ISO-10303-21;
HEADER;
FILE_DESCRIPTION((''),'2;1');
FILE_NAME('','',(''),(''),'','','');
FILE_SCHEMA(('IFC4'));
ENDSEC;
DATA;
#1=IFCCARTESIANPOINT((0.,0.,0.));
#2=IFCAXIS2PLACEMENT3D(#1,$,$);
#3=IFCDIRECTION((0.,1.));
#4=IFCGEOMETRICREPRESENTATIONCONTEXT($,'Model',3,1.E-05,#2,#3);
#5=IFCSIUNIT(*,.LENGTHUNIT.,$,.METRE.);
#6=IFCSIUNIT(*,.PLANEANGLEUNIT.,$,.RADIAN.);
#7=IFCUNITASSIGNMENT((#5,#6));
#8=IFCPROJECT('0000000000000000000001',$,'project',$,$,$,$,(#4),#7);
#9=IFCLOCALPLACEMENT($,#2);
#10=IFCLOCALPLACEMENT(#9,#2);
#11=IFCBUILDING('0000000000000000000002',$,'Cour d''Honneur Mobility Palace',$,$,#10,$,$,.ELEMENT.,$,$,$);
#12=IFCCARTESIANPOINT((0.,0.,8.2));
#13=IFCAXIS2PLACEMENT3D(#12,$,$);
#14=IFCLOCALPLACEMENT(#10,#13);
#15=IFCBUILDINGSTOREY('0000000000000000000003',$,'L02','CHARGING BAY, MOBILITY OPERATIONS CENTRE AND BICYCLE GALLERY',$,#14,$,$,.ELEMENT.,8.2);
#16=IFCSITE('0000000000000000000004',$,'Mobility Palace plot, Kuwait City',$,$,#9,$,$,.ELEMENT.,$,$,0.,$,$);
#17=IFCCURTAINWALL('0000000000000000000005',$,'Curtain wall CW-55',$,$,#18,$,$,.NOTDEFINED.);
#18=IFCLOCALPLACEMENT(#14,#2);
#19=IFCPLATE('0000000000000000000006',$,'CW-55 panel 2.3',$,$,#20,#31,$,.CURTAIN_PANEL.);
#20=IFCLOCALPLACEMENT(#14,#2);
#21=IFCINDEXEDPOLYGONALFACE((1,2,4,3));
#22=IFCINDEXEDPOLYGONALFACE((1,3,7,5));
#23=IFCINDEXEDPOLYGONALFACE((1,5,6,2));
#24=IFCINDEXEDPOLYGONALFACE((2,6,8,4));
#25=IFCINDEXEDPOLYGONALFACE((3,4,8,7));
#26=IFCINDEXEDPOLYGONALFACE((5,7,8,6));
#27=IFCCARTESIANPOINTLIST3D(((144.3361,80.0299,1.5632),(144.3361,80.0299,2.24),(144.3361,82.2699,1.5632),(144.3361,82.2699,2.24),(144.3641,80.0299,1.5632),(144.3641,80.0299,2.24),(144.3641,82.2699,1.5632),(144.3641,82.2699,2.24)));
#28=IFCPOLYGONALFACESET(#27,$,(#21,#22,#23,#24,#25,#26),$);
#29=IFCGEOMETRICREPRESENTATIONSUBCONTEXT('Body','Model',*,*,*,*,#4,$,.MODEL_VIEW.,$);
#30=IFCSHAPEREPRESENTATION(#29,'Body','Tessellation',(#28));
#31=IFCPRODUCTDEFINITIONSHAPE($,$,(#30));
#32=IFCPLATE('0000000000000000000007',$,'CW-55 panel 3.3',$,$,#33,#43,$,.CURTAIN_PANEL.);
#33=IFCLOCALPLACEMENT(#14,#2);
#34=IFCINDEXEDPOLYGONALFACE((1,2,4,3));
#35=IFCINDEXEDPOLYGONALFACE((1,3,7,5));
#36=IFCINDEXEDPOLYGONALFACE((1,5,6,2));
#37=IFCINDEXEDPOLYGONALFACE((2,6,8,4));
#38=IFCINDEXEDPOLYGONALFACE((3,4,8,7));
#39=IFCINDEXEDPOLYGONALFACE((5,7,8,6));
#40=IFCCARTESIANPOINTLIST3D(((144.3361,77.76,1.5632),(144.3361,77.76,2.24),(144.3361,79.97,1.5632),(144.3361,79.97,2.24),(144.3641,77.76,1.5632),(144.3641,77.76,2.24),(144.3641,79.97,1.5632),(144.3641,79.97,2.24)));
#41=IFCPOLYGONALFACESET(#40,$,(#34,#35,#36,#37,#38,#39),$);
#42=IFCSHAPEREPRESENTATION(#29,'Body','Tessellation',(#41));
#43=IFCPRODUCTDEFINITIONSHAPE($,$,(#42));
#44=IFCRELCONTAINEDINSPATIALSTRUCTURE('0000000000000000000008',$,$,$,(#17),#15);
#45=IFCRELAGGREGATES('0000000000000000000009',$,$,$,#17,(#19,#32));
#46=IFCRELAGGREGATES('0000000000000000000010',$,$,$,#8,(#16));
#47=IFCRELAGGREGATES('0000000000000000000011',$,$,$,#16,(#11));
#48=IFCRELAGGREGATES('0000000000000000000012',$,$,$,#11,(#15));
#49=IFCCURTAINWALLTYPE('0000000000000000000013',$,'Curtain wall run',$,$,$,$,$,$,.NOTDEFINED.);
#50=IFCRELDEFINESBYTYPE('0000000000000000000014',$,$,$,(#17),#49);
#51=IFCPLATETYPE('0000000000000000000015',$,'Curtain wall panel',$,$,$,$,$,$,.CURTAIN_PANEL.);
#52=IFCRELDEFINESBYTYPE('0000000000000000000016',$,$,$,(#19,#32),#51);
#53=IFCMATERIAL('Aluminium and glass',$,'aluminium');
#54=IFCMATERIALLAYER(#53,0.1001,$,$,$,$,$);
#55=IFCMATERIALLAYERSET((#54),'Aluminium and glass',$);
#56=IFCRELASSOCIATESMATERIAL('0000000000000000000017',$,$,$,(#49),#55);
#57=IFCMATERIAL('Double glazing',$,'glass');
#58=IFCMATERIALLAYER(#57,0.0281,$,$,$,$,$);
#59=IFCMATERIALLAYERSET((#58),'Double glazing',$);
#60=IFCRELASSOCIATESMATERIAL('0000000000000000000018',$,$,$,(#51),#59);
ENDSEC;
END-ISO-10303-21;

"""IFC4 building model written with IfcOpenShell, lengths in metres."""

from ifc_helpers import new_model, si_unit, direction, frame, origin, origin_2d, place, context, subcontext, project, spatial, rectangle, extrude, material, layer, layer_set, type_object, element, aggregate, save


model = new_model("IFC4")

# Units and contexts
model_context = context("Model", 3, precision=1e-05, world=origin(), true_north=direction((0.0, 1.0)))
body_context = subcontext(model_context, "Body", "Model", "MODEL_VIEW")
ifc_project = project(units=[si_unit("LENGTHUNIT", "METRE"), si_unit("PLANEANGLEUNIT", "RADIAN")], contexts=[model_context])

# Site, building, storey
site_placement = place(None, origin())
site = spatial("IfcSite", under=ifc_project, at=site_placement, Name="Mobility Palace plot, Kuwait City", CompositionType="ELEMENT", RefElevation=0.0)
building_placement = place(site_placement, origin())
building = spatial("IfcBuilding", under=site, at=building_placement, Name="Cour d'Honneur Mobility Palace", CompositionType="ELEMENT")
storey_placement = place(building_placement, frame((0.0, 0.0, 8.2)))
storey = spatial("IfcBuildingStorey", under=building, at=storey_placement, Name="L02", Description="CHARGING BAY, MOBILITY OPERATIONS CENTRE AND BICYCLE GALLERY", CompositionType="ELEMENT", Elevation=8.2)

# Curtain wall
ifc_material_1 = material(Name="Aluminium and glass", Category="aluminium")
ifc_layer_1 = layer(ifc_material_1, 0.1001)
ifc_layer_set_1 = layer_set([ifc_layer_1], Name="Aluminium and glass")
curtain_wall_type = type_object("IfcCurtainWallType", Name="Curtain wall run", PredefinedType="NOTDEFINED", material=ifc_layer_set_1)
curtain_wall_1_placement = place(storey_placement, origin())
curtain_wall_1 = element("IfcCurtainWall", 1, at=curtain_wall_1_placement, inside=storey, type_object=curtain_wall_type, Name="Curtain wall CW-55", PredefinedType="NOTDEFINED")

# Plates
ifc_material_2 = material(Name="Double glazing", Category="glass")
ifc_layer_2 = layer(ifc_material_2, 0.0281)
ifc_layer_set_2 = layer_set([ifc_layer_2], Name="Double glazing")
plate_type = type_object("IfcPlateType", Name="Curtain wall panel", PredefinedType="CURTAIN_PANEL", material=ifc_layer_set_2)
plate_1_placement = place(storey_placement, frame((144.3501, 81.1499, 1.5632), z_axis=(0.0, 0.0, 1.0), x_axis=(0.0, -1.0, 0.0)))
plate_1 = element("IfcPlate", 2, at=plate_1_placement, type_object=plate_type, Name="CW-55 panel 2.3", PredefinedType="CURTAIN_PANEL", context=body_context, shape_type="SweptSolid", body=[
    extrude(rectangle(XDim=2.24, YDim=0.0281, at=origin_2d()), origin(), (0.0, 0.0, 1.0), 0.6768),
])
plate_2_placement = place(storey_placement, frame((144.3501, 78.865, 1.5632), z_axis=(0.0, 0.0, 1.0), x_axis=(0.0, -1.0, 0.0)))
plate_2 = element("IfcPlate", 3, at=plate_2_placement, type_object=plate_type, Name="CW-55 panel 3.3", PredefinedType="CURTAIN_PANEL", context=body_context, shape_type="SweptSolid", body=[
    extrude(rectangle(XDim=2.21, YDim=0.0281, at=origin_2d()), origin(), (0.0, 0.0, 1.0), 0.6768),
])
aggregate(curtain_wall_1, [plate_1, plate_2])

save(model, "model.ifc")
